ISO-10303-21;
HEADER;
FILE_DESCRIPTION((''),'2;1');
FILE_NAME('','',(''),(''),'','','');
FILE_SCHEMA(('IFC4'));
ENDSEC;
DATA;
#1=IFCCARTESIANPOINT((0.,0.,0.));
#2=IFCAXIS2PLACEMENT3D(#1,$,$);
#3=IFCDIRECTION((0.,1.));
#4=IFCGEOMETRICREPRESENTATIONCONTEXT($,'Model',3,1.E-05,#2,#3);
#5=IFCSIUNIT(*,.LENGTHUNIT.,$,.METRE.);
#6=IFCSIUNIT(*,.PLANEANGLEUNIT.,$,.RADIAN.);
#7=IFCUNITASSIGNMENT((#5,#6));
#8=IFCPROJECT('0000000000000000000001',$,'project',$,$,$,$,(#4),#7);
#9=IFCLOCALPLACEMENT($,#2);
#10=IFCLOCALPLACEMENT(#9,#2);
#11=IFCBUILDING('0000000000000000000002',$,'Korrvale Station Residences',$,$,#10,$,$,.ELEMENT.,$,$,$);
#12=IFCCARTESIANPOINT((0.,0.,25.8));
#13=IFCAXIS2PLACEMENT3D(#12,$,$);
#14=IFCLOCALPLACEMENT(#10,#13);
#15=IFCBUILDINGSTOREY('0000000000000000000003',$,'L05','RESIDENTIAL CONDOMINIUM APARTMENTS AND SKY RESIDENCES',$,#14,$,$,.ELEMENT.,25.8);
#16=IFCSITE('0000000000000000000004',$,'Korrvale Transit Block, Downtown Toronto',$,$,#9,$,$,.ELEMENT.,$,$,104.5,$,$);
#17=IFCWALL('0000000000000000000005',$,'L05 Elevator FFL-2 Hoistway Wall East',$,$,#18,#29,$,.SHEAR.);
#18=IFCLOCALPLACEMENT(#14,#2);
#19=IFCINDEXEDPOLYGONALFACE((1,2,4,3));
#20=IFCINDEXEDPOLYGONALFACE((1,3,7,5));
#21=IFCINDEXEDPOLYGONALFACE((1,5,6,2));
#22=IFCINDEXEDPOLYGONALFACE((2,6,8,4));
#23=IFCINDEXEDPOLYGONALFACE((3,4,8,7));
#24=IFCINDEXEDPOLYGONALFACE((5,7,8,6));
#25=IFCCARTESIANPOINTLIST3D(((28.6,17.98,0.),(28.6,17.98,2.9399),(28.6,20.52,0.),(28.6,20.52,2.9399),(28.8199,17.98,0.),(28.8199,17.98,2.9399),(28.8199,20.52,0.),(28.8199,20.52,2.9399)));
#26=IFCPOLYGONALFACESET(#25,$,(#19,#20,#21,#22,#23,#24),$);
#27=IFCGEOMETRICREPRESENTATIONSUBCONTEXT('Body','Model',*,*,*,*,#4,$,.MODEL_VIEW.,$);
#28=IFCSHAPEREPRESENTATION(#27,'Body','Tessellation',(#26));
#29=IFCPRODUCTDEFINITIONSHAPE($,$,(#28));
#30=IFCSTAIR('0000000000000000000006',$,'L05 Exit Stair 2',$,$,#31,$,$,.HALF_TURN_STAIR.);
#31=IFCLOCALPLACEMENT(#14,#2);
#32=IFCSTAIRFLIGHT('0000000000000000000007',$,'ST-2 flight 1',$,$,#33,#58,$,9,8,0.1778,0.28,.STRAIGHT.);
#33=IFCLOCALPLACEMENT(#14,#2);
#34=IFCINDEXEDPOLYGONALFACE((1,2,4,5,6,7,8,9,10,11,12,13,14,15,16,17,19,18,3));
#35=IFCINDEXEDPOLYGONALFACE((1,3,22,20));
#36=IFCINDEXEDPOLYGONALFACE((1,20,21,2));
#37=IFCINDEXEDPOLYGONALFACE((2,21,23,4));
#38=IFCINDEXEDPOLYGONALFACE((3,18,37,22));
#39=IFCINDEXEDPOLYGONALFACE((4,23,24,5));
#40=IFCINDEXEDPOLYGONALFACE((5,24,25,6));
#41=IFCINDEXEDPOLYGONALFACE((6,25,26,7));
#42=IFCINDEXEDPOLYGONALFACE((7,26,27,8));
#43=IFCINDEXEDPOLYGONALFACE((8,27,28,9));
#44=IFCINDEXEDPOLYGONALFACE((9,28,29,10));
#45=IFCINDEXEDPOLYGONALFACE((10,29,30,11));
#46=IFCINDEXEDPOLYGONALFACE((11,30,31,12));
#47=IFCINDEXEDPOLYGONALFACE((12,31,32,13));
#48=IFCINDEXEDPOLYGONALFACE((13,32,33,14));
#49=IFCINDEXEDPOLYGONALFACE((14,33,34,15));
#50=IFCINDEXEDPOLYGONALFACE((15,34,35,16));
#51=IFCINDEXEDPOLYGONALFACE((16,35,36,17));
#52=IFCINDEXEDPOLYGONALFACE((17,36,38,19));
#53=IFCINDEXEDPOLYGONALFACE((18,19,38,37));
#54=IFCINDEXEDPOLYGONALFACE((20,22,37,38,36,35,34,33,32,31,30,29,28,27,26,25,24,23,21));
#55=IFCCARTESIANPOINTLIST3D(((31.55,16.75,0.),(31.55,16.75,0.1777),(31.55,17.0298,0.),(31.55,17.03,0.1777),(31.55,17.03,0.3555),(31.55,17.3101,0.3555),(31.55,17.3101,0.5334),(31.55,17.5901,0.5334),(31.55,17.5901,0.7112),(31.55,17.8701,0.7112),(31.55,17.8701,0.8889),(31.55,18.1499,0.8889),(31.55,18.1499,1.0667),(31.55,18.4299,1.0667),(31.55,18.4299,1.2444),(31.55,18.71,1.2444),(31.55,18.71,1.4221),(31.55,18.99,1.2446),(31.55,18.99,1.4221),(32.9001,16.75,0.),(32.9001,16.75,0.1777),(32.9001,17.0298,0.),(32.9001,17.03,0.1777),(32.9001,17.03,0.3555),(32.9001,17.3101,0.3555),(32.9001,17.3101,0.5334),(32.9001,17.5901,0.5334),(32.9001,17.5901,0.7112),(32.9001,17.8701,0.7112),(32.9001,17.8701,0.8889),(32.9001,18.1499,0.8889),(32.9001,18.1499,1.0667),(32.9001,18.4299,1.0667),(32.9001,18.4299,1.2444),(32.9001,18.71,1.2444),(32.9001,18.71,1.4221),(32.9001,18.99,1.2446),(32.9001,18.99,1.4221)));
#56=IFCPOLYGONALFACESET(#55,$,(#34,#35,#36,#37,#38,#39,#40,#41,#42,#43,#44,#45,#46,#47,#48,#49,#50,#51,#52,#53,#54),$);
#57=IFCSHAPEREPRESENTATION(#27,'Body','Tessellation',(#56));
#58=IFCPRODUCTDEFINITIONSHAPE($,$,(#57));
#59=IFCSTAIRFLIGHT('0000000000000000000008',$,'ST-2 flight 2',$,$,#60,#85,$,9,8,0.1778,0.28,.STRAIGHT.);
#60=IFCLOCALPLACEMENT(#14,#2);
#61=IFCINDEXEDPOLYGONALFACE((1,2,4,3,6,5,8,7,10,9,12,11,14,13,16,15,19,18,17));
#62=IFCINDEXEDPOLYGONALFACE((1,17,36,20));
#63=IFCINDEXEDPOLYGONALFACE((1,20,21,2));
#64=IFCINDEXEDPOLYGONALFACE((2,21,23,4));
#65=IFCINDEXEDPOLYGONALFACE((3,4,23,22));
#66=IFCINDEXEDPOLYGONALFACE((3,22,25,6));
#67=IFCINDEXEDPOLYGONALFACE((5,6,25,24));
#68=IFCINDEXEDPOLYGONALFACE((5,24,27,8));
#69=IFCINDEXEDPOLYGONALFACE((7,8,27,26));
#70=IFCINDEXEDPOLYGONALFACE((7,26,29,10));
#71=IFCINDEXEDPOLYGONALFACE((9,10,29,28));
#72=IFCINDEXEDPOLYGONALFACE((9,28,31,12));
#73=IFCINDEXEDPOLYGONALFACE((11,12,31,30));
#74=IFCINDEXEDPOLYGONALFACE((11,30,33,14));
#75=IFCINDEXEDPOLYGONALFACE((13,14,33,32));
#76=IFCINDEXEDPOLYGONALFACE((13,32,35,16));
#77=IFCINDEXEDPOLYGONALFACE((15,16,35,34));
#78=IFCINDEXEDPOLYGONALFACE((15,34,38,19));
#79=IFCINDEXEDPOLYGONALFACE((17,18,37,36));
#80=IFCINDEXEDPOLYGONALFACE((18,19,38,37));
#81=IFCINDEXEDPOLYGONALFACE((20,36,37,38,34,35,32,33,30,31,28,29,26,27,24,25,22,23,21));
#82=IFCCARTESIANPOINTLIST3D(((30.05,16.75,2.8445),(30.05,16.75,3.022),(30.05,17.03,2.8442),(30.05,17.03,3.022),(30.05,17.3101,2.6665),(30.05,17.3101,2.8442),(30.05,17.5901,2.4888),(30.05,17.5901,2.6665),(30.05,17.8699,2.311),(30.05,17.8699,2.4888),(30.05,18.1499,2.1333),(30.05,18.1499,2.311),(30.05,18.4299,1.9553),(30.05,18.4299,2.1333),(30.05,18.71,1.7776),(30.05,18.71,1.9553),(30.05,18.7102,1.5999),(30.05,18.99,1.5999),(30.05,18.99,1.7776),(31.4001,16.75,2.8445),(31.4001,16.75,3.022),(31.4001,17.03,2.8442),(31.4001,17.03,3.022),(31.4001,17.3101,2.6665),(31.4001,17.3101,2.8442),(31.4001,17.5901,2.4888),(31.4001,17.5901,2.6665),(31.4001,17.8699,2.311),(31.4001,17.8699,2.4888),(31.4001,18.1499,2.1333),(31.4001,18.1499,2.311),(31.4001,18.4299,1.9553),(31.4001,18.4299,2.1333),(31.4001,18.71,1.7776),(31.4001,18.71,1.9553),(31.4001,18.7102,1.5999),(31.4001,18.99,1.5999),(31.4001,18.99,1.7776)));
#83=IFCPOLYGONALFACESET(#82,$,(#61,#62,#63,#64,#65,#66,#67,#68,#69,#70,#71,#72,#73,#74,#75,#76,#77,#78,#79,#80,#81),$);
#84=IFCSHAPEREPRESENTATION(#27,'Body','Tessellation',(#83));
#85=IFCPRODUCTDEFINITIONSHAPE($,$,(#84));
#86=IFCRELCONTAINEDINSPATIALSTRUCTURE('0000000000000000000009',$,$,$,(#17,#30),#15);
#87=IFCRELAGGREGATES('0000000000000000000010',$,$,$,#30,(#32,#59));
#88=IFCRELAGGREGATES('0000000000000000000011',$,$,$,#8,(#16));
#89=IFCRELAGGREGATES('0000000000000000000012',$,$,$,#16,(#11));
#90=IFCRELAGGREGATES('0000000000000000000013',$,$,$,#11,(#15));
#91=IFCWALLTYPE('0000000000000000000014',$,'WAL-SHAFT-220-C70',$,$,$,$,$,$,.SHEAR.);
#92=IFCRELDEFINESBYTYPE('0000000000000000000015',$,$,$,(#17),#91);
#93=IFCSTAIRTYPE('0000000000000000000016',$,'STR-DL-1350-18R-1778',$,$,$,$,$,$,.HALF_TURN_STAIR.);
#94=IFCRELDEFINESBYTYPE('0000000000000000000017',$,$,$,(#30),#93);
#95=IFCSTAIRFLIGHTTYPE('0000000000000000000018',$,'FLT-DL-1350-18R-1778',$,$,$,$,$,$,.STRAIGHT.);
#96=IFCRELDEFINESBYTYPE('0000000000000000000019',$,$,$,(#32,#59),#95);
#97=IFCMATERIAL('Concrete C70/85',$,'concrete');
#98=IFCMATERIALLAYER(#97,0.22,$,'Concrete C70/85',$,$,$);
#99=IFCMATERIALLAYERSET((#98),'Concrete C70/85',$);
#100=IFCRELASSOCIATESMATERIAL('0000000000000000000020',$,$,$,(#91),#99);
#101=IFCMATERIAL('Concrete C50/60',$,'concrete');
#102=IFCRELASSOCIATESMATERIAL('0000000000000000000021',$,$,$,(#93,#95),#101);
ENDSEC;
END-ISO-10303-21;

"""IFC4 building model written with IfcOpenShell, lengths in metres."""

from ifc_helpers import new_model, si_unit, direction, frame, frame_2d, origin, place, context, subcontext, project, spatial, polyline, rectangle, outline, extrude, material, layer, layer_set, type_object, element, aggregate, save


model = new_model("IFC4")

# Units and contexts
model_context = context("Model", 3, precision=1e-05, world=origin(), true_north=direction((0.0, 1.0)))
body_context = subcontext(model_context, "Body", "Model", "MODEL_VIEW")
ifc_project = project(units=[si_unit("LENGTHUNIT", "METRE"), si_unit("PLANEANGLEUNIT", "RADIAN")], contexts=[model_context])

# Site, building, storey
site_placement = place(None, origin())
site = spatial("IfcSite", under=ifc_project, at=site_placement, Name="Korrvale Transit Block, Downtown Toronto", CompositionType="ELEMENT", RefElevation=104.5)
building_placement = place(site_placement, origin())
building = spatial("IfcBuilding", under=site, at=building_placement, Name="Korrvale Station Residences", CompositionType="ELEMENT")
storey_placement = place(building_placement, frame((0.0, 0.0, 25.8)))
storey = spatial("IfcBuildingStorey", under=building, at=storey_placement, Name="L05", Description="RESIDENTIAL CONDOMINIUM APARTMENTS AND SKY RESIDENCES", CompositionType="ELEMENT", Elevation=25.8)

# Shared definitions
ifc_material_1 = material(Name="Concrete C70/85", Category="concrete")

# Shared definitions
ifc_layer_1 = layer(ifc_material_1, 0.22, Name="Concrete C70/85")
ifc_layer_set_1 = layer_set([ifc_layer_1], Name="Concrete C70/85")
wall_type_1 = type_object("IfcWallType", Name="WAL-SHAFT-220-C70", PredefinedType="SHEAR", material=ifc_layer_set_1)

# Wall
for number, where, z_axis, x_axis, name in (
    (1, (28.71, 17.98, 0.0), (0.0, 0.0, 1.0), (0.0, 1.0, 0.0), "L05 Elevator FFL-2 Hoistway Wall East"),
):
    element("IfcWall", number, at=place(storey_placement, frame(where, z_axis=z_axis, x_axis=x_axis)), inside=storey, type_object=wall_type_1, Name=name, PredefinedType="SHEAR", context=body_context, shape_type="SweptSolid", body=[
        extrude(rectangle(XDim=2.54, YDim=0.22, at=frame_2d((1.27, 0.0))), origin(), (0.0, 0.0, 1.0), 2.9399),
    ])

# Stair, stair flights
ifc_material_2 = material(Name="Concrete C50/60", Category="concrete")
stair_type = type_object("IfcStairType", Name="STR-DL-1350-18R-1778", PredefinedType="HALF_TURN_STAIR", material=ifc_material_2)
stair_placement = place(storey_placement, origin())
stair = element("IfcStair", 2, at=stair_placement, inside=storey, type_object=stair_type, Name="L05 Exit Stair 2", PredefinedType="HALF_TURN_STAIR")
stair_flight_type = type_object("IfcStairFlightType", Name="FLT-DL-1350-18R-1778", PredefinedType="STRAIGHT", material=ifc_material_2)
stair_flight_1_placement = place(storey_placement, frame((32.2251, 16.75, 0.0), z_axis=(0.0, 0.0, 1.0), x_axis=(0.0, 1.0, 0.0)))
stair_flight_1 = element("IfcStairFlight", 3, at=stair_flight_1_placement, type_object=stair_flight_type, Name="ST-2 flight 1", NumberOfRisers=9, NumberOfTreads=8, PredefinedType="STRAIGHT", RiserHeight=0.1778, TreadLength=0.28, context=body_context, shape_type="SweptSolid", body=[
    extrude(outline(polyline([(0.0, 0.0), (0.0, 0.1777), (0.28, 0.1777), (0.28, 0.3555), (0.5601, 0.3555), (0.5601, 0.5334), (0.8401, 0.5334), (0.8401, 0.7112), (1.1201, 0.7112), (1.1201, 0.8889), (1.3999, 0.8889), (1.3999, 1.0667), (1.6799, 1.0667), (1.6799, 1.2444), (1.96, 1.2444), (1.96, 1.4221), (2.24, 1.4221), (2.24, 1.6001), (2.24, 1.2446), (0.2798, 0.0), (0.0, 0.0)])), frame((0.0, 0.675, 0.0), z_axis=(0.0, -1.0, 0.0), x_axis=(1.0, 0.0, 0.0)), (0.0, 0.0, 1.0), 1.3501),
])
stair_flight_2_placement = place(storey_placement, frame((30.7251, 18.99, 1.5999), z_axis=(0.0, 0.0, 1.0), x_axis=(0.0, -1.0, 0.0)))
stair_flight_2 = element("IfcStairFlight", 4, at=stair_flight_2_placement, type_object=stair_flight_type, Name="ST-2 flight 2", NumberOfRisers=9, NumberOfTreads=8, PredefinedType="STRAIGHT", RiserHeight=0.1778, TreadLength=0.28, context=body_context, shape_type="SweptSolid", body=[
    extrude(outline(polyline([(0.0, 0.0), (0.0, 0.1777), (0.28, 0.1777), (0.28, 0.3555), (0.5601, 0.3555), (0.5601, 0.5334), (0.8401, 0.5334), (0.8401, 0.7112), (1.1201, 0.7112), (1.1201, 0.8889), (1.3999, 0.8889), (1.3999, 1.0667), (1.6799, 1.0667), (1.6799, 1.2444), (1.96, 1.2444), (1.96, 1.4221), (2.24, 1.4221), (2.24, 1.6001), (2.24, 1.2446), (0.2798, 0.0), (0.0, 0.0)])), frame((0.0, 0.675, 0.0), z_axis=(0.0, -1.0, 0.0), x_axis=(1.0, 0.0, 0.0)), (0.0, 0.0, 1.0), 1.3501),
])
aggregate(stair, [stair_flight_1, stair_flight_2])

save(model, "model.ifc")
